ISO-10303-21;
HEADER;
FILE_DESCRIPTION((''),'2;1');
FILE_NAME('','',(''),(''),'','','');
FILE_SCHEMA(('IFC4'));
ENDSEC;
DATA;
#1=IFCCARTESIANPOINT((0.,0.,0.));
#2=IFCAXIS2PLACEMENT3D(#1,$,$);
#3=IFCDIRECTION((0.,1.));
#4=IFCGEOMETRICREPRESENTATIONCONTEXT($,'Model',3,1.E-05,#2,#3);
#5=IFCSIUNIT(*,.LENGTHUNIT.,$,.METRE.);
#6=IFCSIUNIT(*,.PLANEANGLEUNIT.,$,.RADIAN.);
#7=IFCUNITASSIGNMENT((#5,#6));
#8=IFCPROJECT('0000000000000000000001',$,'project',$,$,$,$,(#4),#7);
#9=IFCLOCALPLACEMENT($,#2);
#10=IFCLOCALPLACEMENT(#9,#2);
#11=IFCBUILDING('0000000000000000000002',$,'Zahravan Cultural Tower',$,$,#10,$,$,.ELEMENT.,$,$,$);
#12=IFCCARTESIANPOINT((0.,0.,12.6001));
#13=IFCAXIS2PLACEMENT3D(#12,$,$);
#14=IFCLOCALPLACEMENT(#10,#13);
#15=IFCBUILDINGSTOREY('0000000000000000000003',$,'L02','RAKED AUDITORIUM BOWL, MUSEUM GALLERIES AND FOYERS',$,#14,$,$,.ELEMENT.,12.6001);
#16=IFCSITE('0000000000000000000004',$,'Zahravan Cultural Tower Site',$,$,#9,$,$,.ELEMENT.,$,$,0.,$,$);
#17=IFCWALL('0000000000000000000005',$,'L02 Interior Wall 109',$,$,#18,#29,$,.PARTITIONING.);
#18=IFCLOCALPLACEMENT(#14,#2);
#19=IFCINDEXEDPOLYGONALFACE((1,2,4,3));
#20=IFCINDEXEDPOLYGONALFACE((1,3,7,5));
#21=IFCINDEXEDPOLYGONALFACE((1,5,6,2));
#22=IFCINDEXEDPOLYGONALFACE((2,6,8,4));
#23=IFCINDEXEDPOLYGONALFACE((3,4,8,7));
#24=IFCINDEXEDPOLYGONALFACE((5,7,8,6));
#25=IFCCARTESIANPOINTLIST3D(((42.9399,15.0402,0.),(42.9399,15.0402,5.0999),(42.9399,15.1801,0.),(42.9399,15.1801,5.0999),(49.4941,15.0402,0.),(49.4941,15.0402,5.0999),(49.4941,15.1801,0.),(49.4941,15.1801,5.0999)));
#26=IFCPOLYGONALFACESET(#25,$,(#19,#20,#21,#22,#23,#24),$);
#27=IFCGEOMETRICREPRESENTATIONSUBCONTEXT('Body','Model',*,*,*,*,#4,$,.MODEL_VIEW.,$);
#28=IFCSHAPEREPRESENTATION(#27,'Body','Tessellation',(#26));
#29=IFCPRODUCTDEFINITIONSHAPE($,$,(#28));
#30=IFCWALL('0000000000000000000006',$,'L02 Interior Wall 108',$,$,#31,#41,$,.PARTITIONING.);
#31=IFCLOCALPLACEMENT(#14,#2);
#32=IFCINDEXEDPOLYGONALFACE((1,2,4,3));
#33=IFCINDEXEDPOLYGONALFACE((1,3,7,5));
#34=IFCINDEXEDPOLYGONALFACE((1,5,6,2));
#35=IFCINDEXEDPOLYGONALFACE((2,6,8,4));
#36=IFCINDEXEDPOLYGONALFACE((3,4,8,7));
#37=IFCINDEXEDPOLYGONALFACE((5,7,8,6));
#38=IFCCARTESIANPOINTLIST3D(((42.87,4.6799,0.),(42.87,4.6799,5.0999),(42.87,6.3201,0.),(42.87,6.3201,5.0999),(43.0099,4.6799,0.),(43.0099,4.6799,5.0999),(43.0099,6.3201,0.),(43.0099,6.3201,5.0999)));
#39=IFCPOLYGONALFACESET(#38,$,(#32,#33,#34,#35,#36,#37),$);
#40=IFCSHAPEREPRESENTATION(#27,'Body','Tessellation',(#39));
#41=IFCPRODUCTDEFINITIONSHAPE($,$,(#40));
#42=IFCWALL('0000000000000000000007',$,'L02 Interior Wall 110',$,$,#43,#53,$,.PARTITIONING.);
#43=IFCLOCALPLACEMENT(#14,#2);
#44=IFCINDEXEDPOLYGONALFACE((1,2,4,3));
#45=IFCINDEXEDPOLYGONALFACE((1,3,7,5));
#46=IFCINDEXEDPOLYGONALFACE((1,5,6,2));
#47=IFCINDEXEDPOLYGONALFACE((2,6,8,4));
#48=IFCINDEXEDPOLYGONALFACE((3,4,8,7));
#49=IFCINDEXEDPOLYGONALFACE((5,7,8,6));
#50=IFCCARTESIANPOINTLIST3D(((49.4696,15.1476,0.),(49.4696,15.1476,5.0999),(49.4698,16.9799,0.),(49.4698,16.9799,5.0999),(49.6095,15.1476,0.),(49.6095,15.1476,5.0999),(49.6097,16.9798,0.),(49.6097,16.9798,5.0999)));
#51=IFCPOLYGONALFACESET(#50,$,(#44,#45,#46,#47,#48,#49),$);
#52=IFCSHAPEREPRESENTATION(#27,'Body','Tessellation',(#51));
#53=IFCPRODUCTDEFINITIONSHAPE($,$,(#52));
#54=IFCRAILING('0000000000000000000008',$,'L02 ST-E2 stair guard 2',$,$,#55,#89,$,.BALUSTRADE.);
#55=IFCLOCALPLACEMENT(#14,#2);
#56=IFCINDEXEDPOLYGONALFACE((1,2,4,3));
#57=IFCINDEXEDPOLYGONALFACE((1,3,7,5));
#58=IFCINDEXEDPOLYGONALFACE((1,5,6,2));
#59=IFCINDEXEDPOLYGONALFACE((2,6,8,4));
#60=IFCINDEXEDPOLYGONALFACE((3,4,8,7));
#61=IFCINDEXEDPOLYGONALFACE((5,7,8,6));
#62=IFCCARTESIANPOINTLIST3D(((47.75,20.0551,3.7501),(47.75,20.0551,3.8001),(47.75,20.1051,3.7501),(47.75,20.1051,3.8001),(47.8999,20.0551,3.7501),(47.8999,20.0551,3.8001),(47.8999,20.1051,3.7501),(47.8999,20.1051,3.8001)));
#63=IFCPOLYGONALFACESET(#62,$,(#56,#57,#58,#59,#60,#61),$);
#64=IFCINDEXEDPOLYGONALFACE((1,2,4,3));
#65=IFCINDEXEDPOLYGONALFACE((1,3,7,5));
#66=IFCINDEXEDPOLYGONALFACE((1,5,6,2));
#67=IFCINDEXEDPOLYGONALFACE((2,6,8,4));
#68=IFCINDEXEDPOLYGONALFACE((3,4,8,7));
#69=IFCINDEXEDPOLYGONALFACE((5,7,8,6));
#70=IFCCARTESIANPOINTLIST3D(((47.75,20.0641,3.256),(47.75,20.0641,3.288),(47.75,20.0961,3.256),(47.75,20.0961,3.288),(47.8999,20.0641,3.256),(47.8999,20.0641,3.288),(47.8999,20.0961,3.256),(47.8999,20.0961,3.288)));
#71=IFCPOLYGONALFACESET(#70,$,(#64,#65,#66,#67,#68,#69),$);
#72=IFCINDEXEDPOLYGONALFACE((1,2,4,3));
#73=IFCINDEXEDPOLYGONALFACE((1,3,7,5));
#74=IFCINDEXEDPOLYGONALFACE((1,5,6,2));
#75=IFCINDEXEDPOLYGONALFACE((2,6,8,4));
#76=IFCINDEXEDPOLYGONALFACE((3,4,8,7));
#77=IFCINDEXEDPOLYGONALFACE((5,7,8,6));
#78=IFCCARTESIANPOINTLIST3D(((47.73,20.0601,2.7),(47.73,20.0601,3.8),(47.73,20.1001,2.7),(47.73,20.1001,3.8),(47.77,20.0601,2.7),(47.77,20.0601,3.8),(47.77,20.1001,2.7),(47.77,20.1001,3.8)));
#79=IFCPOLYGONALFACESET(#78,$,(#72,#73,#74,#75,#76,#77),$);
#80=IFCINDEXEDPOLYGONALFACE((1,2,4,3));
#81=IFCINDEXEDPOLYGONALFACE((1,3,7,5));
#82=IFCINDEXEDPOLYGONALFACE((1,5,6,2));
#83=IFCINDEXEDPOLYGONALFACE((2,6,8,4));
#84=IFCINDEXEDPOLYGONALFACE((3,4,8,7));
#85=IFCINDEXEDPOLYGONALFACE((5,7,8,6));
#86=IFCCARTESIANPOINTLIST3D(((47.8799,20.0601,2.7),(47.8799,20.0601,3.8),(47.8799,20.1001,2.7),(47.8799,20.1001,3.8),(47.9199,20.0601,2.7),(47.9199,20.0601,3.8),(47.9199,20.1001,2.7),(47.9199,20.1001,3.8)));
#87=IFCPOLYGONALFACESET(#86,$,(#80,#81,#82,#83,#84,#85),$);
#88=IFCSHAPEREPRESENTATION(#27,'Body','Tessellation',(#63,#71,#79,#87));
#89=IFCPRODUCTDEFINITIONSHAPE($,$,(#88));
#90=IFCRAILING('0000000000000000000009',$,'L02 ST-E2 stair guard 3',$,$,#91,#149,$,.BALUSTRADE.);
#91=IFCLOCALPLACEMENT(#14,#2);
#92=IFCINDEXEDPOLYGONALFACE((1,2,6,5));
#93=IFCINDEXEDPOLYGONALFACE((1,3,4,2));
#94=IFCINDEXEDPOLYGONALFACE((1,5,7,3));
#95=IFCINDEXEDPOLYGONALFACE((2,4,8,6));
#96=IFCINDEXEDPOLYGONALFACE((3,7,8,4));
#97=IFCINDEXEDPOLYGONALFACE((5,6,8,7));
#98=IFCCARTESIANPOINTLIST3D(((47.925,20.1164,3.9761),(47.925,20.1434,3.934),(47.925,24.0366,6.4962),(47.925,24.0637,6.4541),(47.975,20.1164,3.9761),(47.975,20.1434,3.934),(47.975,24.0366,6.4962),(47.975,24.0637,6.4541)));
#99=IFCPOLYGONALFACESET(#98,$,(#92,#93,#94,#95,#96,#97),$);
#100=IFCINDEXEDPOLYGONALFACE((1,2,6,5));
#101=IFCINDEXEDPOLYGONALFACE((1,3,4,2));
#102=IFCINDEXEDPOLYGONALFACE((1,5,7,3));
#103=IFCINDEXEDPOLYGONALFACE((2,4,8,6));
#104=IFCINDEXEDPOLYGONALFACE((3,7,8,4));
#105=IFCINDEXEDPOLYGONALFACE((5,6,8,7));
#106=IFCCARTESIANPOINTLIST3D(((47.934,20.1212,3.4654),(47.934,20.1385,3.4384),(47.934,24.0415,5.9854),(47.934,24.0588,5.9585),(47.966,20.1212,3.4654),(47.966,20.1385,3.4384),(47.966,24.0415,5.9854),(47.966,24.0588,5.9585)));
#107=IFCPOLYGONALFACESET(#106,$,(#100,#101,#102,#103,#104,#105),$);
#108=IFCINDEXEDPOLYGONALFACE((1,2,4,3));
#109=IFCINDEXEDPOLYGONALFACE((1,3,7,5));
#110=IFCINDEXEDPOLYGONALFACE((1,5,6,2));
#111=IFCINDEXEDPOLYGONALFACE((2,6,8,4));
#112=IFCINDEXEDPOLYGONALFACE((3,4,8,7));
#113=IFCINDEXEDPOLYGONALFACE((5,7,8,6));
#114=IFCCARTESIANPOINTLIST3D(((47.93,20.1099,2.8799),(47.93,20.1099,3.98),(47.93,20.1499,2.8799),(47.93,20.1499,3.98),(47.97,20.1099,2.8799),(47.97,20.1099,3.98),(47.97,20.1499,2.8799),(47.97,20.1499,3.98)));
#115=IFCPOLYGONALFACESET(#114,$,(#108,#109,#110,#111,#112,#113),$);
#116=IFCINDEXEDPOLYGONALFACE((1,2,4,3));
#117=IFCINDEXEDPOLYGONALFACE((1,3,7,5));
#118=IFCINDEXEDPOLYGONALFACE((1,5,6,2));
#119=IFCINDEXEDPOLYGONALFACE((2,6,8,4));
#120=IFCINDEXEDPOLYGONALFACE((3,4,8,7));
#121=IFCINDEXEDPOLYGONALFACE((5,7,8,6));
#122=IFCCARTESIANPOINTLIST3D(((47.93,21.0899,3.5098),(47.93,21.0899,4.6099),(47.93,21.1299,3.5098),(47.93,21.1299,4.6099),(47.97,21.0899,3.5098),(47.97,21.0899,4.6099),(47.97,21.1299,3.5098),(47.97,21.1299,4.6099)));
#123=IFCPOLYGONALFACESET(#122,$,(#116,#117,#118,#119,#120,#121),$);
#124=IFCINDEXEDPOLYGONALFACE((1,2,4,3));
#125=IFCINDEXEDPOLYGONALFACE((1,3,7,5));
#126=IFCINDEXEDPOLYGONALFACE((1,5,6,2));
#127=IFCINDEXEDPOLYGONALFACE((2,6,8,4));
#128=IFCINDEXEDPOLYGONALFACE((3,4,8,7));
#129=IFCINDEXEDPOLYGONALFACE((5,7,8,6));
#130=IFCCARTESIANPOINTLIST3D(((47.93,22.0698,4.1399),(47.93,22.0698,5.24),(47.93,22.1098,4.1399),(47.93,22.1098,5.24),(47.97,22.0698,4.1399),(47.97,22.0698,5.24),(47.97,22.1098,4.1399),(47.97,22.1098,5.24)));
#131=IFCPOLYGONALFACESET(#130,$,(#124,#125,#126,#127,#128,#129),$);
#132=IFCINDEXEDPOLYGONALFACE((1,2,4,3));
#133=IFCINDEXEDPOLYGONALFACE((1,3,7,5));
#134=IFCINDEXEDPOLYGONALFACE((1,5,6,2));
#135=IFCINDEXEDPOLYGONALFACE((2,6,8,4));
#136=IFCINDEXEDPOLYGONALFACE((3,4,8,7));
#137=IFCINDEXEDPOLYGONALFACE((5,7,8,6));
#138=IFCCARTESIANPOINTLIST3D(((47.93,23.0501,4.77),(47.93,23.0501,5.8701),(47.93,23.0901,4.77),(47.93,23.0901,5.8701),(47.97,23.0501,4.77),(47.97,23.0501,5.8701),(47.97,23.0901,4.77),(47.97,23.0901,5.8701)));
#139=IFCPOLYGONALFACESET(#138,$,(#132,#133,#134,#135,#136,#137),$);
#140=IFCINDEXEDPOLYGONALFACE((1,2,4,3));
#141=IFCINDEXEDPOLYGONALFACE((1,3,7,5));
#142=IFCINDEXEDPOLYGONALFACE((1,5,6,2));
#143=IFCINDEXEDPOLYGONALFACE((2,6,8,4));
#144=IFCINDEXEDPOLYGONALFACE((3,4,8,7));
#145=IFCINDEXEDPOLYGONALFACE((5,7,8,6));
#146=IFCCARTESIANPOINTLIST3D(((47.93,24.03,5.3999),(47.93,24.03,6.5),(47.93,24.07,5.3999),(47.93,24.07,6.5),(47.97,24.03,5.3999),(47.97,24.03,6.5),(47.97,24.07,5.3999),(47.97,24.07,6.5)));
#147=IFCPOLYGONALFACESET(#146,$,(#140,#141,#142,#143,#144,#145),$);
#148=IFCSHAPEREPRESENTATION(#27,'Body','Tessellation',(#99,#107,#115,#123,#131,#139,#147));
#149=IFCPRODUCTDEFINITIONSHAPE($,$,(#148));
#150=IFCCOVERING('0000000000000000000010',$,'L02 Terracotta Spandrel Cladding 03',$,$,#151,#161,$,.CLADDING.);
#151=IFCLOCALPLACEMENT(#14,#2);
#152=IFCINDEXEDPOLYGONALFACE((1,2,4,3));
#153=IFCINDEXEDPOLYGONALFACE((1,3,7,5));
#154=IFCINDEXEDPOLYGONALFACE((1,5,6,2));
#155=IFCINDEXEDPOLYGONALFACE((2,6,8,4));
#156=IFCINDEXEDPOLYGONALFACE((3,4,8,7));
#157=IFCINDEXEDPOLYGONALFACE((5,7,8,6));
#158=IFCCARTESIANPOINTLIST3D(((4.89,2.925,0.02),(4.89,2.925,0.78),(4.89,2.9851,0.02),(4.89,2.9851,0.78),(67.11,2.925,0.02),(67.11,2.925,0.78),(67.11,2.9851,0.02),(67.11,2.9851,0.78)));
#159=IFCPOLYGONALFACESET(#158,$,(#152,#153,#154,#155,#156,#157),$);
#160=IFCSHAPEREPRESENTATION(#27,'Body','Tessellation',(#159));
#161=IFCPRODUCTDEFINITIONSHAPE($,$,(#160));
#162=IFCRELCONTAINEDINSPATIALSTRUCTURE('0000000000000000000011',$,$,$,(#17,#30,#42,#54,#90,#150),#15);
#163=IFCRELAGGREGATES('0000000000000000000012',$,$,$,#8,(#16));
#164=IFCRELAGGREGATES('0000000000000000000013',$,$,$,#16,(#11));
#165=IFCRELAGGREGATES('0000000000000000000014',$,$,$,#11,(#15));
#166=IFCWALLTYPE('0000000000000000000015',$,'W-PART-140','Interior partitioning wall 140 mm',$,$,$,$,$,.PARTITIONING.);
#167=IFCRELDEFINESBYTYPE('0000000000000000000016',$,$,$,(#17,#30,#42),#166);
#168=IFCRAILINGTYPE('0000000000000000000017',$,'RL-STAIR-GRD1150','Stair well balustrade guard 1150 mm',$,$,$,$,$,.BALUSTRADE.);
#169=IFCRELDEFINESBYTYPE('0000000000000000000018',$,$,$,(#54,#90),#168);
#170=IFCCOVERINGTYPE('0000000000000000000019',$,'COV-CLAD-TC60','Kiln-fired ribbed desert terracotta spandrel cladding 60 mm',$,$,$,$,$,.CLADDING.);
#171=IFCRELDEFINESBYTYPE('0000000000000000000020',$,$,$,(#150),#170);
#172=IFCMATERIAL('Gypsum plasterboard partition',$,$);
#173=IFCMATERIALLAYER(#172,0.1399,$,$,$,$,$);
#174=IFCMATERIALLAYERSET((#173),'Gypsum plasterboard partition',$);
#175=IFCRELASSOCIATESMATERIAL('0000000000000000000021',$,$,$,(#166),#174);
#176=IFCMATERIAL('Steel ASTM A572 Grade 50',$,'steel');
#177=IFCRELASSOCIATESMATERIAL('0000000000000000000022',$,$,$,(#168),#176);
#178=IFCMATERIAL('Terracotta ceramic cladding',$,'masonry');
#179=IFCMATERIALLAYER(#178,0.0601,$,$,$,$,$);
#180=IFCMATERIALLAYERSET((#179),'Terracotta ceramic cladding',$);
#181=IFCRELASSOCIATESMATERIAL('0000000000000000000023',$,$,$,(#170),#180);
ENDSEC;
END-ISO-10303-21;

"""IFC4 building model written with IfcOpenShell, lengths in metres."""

from ifc_helpers import new_model, si_unit, direction, frame, frame_2d, origin, origin_2d, place, context, subcontext, project, spatial, rectangle, extrude, source, transform, mapped, material, layer, layer_set, type_object, element, save


model = new_model("IFC4")

# Units and contexts
model_context = context("Model", 3, precision=1e-05, world=origin(), true_north=direction((0.0, 1.0)))
body_context = subcontext(model_context, "Body", "Model", "MODEL_VIEW")
ifc_project = project(units=[si_unit("LENGTHUNIT", "METRE"), si_unit("PLANEANGLEUNIT", "RADIAN")], contexts=[model_context])

# Site, building, storey
site_placement = place(None, origin())
site = spatial("IfcSite", under=ifc_project, at=site_placement, Name="Zahravan Cultural Tower Site", CompositionType="ELEMENT", RefElevation=0.0)
building_placement = place(site_placement, origin())
building = spatial("IfcBuilding", under=site, at=building_placement, Name="Zahravan Cultural Tower", CompositionType="ELEMENT")
storey_placement = place(building_placement, frame((0.0, 0.0, 12.6001)))
storey = spatial("IfcBuildingStorey", under=building, at=storey_placement, Name="L02", Description="RAKED AUDITORIUM BOWL, MUSEUM GALLERIES AND FOYERS", CompositionType="ELEMENT", Elevation=12.6001)

# Shared definitions
ifc_material_1 = material(Name="Steel ASTM A572 Grade 50", Category="steel")

# Walls
ifc_material_2 = material(Name="Gypsum plasterboard partition")
ifc_layer_1 = layer(ifc_material_2, 0.1399)
ifc_layer_set_1 = layer_set([ifc_layer_1], Name="Gypsum plasterboard partition")
wall_type_1 = type_object("IfcWallType", Name="W-PART-140", Description="Interior partitioning wall 140 mm", PredefinedType="PARTITIONING", material=ifc_layer_set_1)
shared_shape_1 = source(origin(), body_context, "Body", "SweptSolid", [
    extrude(rectangle(XDim=6.5542, YDim=0.1399, at=frame_2d((3.2771, 0.0))), origin(), (0.0, 0.0, 1.0), 5.0999),
])
wall_1_placement = place(storey_placement, frame((42.9399, 15.1101, 0.0), z_axis=(0.0, 0.0, 1.0), x_axis=(1.0, 0.0, 0.0)))
element("IfcWall", 1, at=wall_1_placement, inside=storey, type_object=wall_type_1, Name="L02 Interior Wall 109", PredefinedType="PARTITIONING", context=body_context, shape_type="MappedRepresentation", body=[
    mapped(shared_shape_1, transform((0.0, 0.0, 0.0), x_axis=(1.0, 0.0, 0.0), y_axis=(0.0, 1.0, 0.0), z_axis=(0.0, 0.0, 1.0), scale=1.0)),
])
shared_shape_2 = source(origin(), body_context, "Body", "SweptSolid", [
    extrude(rectangle(XDim=1.6401, YDim=0.1399, at=frame_2d((0.8201, 0.0))), origin(), (0.0, 0.0, 1.0), 5.0999),
])
wall_2_placement = place(storey_placement, frame((42.9399, 4.6799, 0.0), z_axis=(0.0, 0.0, 1.0), x_axis=(0.0, 1.0, 0.0)))
element("IfcWall", 2, at=wall_2_placement, inside=storey, type_object=wall_type_1, Name="L02 Interior Wall 108", PredefinedType="PARTITIONING", context=body_context, shape_type="MappedRepresentation", body=[
    mapped(shared_shape_2, transform((0.0, 0.0, 0.0), x_axis=(1.0, 0.0, 0.0), y_axis=(0.0, 1.0, 0.0), z_axis=(0.0, 0.0, 1.0), scale=1.0)),
])
shared_shape_3 = source(origin(), body_context, "Body", "SweptSolid", [
    extrude(rectangle(XDim=1.8323, YDim=0.1399, at=frame_2d((0.916, 0.0))), origin(), (0.0, 0.0, 1.0), 5.0999),
])
wall_3_placement = place(storey_placement, frame((49.5396, 15.1477, 0.0), z_axis=(0.0, 0.0, 1.0), x_axis=(0.000133, 1.0, 0.0)))
element("IfcWall", 3, at=wall_3_placement, inside=storey, type_object=wall_type_1, Name="L02 Interior Wall 110", PredefinedType="PARTITIONING", context=body_context, shape_type="MappedRepresentation", body=[
    mapped(shared_shape_3, transform((0.0, 0.0, 0.0), x_axis=(1.0, 0.0, 0.0), y_axis=(0.0, 1.0, 0.0), z_axis=(0.0, 0.0, 1.0), scale=1.0)),
])

# Railings
railing_type = type_object("IfcRailingType", Name="RL-STAIR-GRD1150", Description="Stair well balustrade guard 1150 mm", PredefinedType="BALUSTRADE", material=ifc_material_1)
railing_1_placement = place(storey_placement, frame((47.75, 20.0801, 2.7)))
element("IfcRailing", 4, at=railing_1_placement, inside=storey, type_object=railing_type, Name="L02 ST-E2 stair guard 2", PredefinedType="BALUSTRADE", context=body_context, shape_type="SweptSolid", body=[
    extrude(rectangle(XDim=0.05, YDim=0.05, at=origin_2d()), frame((0.0, 0.0, 1.0752), z_axis=(1.0, 0.0, 0.0), x_axis=(0.0, 1.0, 0.0)), (0.0, 0.0, 1.0), 0.1499),
    extrude(rectangle(XDim=0.032, YDim=0.032, at=origin_2d()), frame((0.0, 0.0, 0.572), z_axis=(1.0, 0.0, 0.0), x_axis=(0.0, 1.0, 0.0)), (0.0, 0.0, 1.0), 0.1499),
    extrude(rectangle(XDim=0.04, YDim=0.04, at=origin_2d()), origin(), (0.0, 0.0, 1.0), 1.1001),
    extrude(rectangle(XDim=0.04, YDim=0.04, at=origin_2d()), frame((0.1499, 0.0, 0.0)), (0.0, 0.0, 1.0), 1.1001),
])
railing_2_placement = place(storey_placement, frame((47.95, 20.1299, 2.8799)))
element("IfcRailing", 5, at=railing_2_placement, inside=storey, type_object=railing_type, Name="L02 ST-E2 stair guard 3", PredefinedType="BALUSTRADE", context=body_context, shape_type="SweptSolid", body=[
    extrude(rectangle(XDim=0.05, YDim=0.05, at=origin_2d()), frame((0.0, 0.0, 1.0752), z_axis=(0.0, 0.841187, 0.540744), x_axis=(-1.0, 0.0, 0.0)), (0.0, 0.0, 1.0), 4.6604),
    extrude(rectangle(XDim=0.032, YDim=0.032, at=origin_2d()), frame((0.0, 0.0, 0.572), z_axis=(0.0, 0.841187, 0.540744), x_axis=(-1.0, 0.0, 0.0)), (0.0, 0.0, 1.0), 4.6604),
    extrude(rectangle(XDim=0.04, YDim=0.04, at=origin_2d()), origin(), (0.0, 0.0, 1.0), 1.1001),
    extrude(rectangle(XDim=0.04, YDim=0.04, at=origin_2d()), frame((0.0, 0.98, 0.6299)), (0.0, 0.0, 1.0), 1.1001),
    extrude(rectangle(XDim=0.04, YDim=0.04, at=origin_2d()), frame((0.0, 1.96, 1.26)), (0.0, 0.0, 1.0), 1.1001),
    extrude(rectangle(XDim=0.04, YDim=0.04, at=origin_2d()), frame((0.0, 2.9402, 1.8901)), (0.0, 0.0, 1.0), 1.1001),
    extrude(rectangle(XDim=0.04, YDim=0.04, at=origin_2d()), frame((0.0, 3.9202, 2.52)), (0.0, 0.0, 1.0), 1.1001),
])

# Covering
ifc_material_3 = material(Name="Terracotta ceramic cladding", Category="masonry")
ifc_layer_2 = layer(ifc_material_3, 0.0601)
ifc_layer_set_2 = layer_set([ifc_layer_2], Name="Terracotta ceramic cladding")
covering_type = type_object("IfcCoveringType", Name="COV-CLAD-TC60", Description="Kiln-fired ribbed desert terracotta spandrel cladding 60 mm", PredefinedType="CLADDING", material=ifc_layer_set_2)
shared_shape_4 = source(origin(), body_context, "Body", "SweptSolid", [
    extrude(rectangle(XDim=62.22, YDim=0.0601, at=origin_2d()), origin(), (0.0, 0.0, 1.0), 0.76),
])
covering_placement = place(storey_placement, frame((36.0, 2.9551, 0.02), z_axis=(0.0, 0.0, 1.0), x_axis=(-1.0, 0.0, 0.0)))
element("IfcCovering", 6, at=covering_placement, inside=storey, type_object=covering_type, Name="L02 Terracotta Spandrel Cladding 03", PredefinedType="CLADDING", context=body_context, shape_type="MappedRepresentation", body=[
    mapped(shared_shape_4, transform((0.0, 0.0, 0.0), x_axis=(1.0, 0.0, 0.0), y_axis=(0.0, 1.0, 0.0), z_axis=(0.0, 0.0, 1.0), scale=1.0)),
])

save(model, "model.ifc")
